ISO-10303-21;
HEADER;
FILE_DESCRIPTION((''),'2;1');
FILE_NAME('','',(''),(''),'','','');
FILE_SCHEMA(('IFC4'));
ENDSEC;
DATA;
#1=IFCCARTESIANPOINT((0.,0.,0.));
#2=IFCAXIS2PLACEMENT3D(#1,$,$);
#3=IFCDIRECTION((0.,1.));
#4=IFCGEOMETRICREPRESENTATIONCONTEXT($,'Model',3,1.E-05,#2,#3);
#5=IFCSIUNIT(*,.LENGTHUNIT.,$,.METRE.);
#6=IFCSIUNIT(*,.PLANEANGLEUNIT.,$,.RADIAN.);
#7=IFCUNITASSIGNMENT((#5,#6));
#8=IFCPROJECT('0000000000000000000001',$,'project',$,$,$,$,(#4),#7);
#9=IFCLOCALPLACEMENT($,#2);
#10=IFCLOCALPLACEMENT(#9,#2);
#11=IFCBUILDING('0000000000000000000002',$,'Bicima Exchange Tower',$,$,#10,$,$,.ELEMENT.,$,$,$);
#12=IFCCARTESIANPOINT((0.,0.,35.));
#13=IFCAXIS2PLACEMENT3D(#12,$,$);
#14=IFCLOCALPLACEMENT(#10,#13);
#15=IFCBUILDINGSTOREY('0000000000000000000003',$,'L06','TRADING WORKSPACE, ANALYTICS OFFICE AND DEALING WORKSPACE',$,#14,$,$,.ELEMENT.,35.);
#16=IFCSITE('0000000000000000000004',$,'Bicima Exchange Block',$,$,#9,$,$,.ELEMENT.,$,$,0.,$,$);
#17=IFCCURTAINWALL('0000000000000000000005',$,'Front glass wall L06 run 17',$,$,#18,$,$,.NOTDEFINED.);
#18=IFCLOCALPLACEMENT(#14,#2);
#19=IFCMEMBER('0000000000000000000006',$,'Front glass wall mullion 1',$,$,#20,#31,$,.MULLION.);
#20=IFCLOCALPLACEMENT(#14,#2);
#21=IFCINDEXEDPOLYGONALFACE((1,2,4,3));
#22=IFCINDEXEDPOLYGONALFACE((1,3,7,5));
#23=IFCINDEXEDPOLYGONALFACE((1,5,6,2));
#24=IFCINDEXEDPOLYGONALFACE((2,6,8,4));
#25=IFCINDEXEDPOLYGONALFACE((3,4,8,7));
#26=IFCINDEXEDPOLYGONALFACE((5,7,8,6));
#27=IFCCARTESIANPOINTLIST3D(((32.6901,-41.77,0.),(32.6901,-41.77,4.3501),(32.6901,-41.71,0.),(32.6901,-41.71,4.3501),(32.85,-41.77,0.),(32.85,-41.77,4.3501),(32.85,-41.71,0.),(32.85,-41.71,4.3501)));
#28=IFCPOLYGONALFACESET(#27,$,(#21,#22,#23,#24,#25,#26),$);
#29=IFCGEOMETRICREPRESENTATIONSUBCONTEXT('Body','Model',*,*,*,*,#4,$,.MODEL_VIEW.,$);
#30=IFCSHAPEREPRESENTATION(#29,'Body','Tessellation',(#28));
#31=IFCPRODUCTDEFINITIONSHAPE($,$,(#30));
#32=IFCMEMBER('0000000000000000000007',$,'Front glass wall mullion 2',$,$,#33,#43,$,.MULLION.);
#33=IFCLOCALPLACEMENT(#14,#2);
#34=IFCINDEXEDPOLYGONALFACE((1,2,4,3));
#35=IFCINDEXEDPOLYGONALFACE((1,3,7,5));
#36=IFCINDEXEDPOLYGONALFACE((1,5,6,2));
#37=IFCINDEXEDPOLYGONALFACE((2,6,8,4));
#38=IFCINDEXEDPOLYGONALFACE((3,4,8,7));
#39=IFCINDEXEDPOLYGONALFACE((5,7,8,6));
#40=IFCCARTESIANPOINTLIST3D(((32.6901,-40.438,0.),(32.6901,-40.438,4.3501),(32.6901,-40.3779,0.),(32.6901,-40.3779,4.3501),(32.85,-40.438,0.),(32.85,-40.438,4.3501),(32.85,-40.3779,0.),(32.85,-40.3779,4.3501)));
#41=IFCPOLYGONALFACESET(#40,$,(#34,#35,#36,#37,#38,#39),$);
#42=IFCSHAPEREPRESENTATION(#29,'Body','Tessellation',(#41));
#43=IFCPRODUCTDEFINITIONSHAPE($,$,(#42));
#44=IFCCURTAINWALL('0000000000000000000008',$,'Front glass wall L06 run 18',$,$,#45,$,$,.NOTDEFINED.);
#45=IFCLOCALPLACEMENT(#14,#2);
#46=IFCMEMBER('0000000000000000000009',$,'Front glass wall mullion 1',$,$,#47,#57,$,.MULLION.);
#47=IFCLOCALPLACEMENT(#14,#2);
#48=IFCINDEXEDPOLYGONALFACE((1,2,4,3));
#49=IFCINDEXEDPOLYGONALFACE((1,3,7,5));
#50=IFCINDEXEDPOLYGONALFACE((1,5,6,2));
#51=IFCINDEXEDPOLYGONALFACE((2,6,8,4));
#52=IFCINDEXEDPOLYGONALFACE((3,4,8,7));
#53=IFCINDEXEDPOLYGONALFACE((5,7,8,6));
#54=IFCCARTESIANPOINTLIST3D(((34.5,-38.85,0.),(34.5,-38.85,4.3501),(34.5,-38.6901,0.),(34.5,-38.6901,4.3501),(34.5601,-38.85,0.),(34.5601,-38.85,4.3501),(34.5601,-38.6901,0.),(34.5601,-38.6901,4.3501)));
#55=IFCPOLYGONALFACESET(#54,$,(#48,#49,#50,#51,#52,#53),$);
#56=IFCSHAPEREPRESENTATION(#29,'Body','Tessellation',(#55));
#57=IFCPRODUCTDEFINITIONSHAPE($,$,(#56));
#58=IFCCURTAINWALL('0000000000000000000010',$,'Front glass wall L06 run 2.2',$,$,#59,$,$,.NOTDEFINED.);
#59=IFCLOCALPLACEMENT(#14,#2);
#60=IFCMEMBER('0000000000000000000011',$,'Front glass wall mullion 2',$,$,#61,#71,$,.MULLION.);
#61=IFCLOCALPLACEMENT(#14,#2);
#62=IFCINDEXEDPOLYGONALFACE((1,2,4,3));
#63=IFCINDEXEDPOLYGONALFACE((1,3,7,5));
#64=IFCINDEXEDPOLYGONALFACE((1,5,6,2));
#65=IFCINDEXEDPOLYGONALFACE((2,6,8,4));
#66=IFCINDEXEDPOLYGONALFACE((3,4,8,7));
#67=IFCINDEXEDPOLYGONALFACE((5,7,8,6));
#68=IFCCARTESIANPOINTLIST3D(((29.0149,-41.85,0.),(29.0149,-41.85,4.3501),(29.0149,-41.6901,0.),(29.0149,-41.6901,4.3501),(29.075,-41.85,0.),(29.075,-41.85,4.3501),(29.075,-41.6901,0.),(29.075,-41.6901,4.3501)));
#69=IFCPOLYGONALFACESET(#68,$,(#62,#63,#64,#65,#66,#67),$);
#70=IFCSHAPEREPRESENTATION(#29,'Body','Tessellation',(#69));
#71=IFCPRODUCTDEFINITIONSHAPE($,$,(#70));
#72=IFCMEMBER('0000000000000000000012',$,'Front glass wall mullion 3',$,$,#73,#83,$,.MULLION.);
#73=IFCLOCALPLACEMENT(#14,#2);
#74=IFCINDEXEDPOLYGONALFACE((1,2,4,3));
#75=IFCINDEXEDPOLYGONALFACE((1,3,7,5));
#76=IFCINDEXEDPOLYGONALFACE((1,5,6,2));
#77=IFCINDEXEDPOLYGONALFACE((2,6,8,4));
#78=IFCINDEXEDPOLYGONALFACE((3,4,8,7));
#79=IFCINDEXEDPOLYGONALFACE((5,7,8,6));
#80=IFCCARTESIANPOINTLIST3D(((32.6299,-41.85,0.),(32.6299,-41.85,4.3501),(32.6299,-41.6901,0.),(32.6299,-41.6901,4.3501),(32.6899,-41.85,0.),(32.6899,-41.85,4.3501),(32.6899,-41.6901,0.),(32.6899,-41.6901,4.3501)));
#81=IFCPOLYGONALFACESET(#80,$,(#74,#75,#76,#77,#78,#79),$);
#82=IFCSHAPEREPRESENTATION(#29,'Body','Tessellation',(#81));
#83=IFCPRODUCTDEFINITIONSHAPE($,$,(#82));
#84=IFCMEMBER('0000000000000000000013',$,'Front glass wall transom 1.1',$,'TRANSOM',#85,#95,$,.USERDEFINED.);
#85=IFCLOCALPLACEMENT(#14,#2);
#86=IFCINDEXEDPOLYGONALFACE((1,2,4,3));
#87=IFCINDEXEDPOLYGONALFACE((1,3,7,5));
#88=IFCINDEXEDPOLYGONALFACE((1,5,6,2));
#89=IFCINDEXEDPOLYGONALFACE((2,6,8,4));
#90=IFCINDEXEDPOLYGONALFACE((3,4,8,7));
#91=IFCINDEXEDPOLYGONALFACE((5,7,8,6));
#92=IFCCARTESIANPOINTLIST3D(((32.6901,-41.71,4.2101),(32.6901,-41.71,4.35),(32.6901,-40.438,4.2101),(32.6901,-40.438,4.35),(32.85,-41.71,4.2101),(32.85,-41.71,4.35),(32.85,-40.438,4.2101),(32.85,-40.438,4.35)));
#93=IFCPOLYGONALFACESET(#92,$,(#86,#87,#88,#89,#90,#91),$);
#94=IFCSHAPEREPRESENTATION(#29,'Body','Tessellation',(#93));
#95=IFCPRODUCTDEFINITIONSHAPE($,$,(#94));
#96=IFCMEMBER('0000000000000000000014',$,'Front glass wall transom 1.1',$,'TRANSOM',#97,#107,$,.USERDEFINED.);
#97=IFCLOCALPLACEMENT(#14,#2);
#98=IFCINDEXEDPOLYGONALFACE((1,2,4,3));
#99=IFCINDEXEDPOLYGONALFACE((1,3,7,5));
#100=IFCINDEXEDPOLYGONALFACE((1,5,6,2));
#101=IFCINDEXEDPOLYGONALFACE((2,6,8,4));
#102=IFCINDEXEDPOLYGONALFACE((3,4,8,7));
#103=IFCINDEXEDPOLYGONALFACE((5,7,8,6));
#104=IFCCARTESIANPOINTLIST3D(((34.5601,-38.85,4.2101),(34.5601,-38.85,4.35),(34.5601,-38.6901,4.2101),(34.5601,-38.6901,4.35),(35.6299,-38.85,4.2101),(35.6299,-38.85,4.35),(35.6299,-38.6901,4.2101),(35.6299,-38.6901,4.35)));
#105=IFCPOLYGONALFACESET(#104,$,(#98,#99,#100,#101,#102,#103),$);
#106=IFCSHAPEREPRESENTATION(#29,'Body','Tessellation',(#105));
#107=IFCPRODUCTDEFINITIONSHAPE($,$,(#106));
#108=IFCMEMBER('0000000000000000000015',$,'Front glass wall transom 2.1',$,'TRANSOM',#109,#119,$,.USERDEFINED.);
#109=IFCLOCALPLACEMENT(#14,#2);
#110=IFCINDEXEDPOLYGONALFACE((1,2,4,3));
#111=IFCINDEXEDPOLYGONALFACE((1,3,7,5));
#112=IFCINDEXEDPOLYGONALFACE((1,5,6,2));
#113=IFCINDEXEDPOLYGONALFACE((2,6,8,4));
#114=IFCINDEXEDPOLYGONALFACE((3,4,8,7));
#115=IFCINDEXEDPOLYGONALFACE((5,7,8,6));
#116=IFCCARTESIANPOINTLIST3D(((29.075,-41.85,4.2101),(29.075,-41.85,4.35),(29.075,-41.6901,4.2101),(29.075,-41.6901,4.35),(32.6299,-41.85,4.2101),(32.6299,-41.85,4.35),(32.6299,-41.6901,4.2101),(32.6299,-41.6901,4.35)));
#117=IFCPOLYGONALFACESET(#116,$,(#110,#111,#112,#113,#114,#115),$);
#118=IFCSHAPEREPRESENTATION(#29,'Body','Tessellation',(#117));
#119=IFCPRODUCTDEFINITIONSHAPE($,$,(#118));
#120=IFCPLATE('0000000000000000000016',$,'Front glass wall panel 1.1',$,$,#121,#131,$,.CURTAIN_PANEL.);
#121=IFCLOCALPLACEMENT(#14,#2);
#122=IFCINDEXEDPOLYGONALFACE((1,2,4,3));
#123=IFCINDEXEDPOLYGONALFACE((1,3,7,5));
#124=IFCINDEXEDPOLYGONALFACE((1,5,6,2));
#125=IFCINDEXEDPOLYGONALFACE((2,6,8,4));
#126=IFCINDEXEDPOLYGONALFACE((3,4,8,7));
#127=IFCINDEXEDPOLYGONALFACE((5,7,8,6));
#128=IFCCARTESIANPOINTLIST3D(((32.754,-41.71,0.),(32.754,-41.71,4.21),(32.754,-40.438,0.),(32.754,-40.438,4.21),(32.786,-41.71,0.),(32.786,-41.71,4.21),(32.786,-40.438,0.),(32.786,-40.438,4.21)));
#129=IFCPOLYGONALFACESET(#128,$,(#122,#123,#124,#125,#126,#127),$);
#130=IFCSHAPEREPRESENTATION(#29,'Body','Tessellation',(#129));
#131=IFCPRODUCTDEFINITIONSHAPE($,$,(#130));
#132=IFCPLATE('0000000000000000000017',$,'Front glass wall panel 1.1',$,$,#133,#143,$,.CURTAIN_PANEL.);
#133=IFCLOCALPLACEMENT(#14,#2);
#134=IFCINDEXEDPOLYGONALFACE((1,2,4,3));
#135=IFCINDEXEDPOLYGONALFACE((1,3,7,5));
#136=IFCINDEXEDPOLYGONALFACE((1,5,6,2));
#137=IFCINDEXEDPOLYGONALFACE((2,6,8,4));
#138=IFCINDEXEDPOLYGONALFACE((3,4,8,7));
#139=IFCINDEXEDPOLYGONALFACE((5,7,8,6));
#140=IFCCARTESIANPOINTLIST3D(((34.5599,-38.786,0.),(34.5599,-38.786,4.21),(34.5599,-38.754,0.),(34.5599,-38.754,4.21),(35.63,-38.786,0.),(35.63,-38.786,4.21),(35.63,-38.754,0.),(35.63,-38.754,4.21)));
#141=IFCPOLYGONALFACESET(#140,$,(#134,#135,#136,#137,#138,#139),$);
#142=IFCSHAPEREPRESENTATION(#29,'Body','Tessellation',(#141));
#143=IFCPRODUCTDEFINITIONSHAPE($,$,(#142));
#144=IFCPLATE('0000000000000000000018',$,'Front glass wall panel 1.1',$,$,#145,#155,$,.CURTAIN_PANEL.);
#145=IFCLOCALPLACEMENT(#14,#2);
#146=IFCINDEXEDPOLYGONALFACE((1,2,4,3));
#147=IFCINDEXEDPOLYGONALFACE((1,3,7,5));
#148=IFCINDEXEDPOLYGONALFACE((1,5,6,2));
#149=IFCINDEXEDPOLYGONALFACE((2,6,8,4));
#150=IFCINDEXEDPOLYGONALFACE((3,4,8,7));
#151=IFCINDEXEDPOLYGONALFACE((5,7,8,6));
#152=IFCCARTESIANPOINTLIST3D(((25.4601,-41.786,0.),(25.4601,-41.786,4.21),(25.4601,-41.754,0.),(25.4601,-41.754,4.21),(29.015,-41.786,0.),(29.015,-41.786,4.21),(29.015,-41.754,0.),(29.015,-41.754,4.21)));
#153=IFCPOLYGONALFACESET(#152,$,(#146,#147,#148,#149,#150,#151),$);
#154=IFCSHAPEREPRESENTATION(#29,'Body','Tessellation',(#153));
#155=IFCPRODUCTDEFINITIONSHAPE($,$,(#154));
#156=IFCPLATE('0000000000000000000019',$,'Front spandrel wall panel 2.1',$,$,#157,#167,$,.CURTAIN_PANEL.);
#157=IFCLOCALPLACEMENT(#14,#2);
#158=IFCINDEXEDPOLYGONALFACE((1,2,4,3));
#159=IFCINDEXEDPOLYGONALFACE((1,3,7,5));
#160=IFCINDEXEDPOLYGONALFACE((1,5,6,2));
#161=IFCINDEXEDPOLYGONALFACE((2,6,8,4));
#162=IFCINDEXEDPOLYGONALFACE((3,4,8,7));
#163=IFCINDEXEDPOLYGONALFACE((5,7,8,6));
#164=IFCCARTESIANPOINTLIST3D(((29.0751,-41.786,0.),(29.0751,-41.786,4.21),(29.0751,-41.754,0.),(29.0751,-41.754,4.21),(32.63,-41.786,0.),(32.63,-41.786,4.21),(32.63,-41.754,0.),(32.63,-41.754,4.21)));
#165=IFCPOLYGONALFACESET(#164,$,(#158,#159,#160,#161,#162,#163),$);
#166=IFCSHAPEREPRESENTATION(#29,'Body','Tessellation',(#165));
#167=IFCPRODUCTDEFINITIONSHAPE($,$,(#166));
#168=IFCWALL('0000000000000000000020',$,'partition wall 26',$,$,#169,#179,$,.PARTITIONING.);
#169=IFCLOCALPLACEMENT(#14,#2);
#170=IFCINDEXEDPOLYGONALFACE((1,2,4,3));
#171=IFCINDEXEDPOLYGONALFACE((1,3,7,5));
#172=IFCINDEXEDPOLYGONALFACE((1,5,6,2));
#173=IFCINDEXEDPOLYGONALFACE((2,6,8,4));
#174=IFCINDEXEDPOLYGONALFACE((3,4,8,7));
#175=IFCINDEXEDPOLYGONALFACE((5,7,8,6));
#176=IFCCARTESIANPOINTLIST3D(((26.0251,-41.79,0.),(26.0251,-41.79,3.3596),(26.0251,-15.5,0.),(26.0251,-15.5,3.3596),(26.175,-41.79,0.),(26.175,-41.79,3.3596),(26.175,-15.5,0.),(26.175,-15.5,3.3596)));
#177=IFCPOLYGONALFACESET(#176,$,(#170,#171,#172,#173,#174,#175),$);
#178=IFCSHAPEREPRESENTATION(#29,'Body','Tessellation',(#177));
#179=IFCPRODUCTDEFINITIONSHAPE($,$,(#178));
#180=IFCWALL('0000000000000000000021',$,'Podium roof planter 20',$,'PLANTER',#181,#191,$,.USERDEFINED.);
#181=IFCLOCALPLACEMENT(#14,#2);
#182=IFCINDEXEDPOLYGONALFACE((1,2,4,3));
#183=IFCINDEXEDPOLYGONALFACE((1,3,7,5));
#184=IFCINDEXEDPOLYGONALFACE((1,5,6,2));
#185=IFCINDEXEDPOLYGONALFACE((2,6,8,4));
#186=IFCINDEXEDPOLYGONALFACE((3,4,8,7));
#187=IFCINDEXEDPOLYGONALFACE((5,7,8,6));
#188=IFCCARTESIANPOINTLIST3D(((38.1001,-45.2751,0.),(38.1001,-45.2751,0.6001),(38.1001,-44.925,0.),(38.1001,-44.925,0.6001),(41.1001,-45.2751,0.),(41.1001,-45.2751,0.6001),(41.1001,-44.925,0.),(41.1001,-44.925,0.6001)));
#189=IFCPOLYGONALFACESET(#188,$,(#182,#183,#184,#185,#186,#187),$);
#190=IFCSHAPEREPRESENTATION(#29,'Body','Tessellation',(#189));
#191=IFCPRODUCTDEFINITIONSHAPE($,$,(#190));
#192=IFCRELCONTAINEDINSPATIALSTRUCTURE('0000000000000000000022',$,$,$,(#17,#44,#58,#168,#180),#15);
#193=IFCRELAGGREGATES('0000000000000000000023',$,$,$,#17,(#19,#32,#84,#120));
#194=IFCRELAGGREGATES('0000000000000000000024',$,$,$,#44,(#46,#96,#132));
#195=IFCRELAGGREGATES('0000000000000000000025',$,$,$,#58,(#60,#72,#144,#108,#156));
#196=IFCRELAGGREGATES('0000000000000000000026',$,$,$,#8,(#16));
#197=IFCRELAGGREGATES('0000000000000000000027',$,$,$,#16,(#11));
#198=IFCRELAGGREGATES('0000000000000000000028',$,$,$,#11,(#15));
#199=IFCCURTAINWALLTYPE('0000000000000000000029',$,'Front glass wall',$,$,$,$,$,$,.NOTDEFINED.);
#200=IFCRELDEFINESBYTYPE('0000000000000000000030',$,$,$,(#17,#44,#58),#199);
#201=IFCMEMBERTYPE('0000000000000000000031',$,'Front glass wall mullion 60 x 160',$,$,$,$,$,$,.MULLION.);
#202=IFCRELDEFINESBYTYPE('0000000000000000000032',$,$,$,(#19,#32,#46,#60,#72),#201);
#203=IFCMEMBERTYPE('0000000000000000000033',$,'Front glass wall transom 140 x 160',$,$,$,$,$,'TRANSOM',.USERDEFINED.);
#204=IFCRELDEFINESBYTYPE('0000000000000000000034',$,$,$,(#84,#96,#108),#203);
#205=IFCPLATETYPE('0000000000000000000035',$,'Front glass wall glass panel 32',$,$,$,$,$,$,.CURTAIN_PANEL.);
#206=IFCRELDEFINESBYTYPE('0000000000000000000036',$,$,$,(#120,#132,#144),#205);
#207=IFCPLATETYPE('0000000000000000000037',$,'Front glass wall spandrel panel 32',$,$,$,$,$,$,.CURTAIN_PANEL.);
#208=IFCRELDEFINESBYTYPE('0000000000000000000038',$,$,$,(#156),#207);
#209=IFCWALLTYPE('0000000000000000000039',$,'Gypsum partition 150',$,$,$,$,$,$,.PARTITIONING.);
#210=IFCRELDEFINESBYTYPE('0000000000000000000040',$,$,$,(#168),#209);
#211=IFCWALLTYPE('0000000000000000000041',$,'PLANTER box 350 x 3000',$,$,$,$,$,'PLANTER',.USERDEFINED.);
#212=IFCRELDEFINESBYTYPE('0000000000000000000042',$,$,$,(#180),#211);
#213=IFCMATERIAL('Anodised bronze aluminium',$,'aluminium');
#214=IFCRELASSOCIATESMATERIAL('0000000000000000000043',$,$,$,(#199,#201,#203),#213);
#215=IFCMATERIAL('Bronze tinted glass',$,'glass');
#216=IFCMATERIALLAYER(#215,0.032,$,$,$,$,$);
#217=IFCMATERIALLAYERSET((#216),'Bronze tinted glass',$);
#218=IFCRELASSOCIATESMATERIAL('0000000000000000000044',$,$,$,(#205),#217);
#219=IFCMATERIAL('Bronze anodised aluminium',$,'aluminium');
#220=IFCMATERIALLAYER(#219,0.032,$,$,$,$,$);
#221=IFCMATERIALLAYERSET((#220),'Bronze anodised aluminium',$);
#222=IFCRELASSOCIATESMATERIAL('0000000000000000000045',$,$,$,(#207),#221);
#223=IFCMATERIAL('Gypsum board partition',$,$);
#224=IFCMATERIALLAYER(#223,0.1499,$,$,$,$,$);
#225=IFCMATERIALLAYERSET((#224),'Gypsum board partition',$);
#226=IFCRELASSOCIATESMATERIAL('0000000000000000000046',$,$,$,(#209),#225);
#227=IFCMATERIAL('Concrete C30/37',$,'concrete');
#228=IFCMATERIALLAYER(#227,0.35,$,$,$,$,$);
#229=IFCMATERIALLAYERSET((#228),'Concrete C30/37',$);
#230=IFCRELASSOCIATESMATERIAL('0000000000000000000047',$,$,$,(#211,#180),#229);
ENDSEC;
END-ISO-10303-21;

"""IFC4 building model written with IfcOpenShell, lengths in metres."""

from ifc_helpers import new_model, si_unit, direction, frame, frame_2d, origin, origin_2d, place, context, subcontext, project, spatial, rectangle, extrude, material, layer, layer_set, layer_usage, material_profile, profile_set, type_object, element, aggregate, save


model = new_model("IFC4")

# Units and contexts
model_context = context("Model", 3, precision=1e-05, world=origin(), true_north=direction((0.0, 1.0)))
body_context = subcontext(model_context, "Body", "Model", "MODEL_VIEW")
ifc_project = project(units=[si_unit("LENGTHUNIT", "METRE"), si_unit("PLANEANGLEUNIT", "RADIAN")], contexts=[model_context])

# Site, building, storey
site_placement = place(None, origin())
site = spatial("IfcSite", under=ifc_project, at=site_placement, Name="Bicima Exchange Block", CompositionType="ELEMENT", RefElevation=0.0)
building_placement = place(site_placement, origin())
building = spatial("IfcBuilding", under=site, at=building_placement, Name="Bicima Exchange Tower", CompositionType="ELEMENT")
storey_placement = place(building_placement, frame((0.0, 0.0, 35.0)))
storey = spatial("IfcBuildingStorey", under=building, at=storey_placement, Name="L06", Description="TRADING WORKSPACE, ANALYTICS OFFICE AND DEALING WORKSPACE", CompositionType="ELEMENT", Elevation=35.0)

# Curtain wall, members
ifc_material_1 = material(Name="Anodised bronze aluminium", Category="aluminium")
curtain_wall_type = type_object("IfcCurtainWallType", Name="Front glass wall", PredefinedType="NOTDEFINED", material=ifc_material_1)
curtain_wall_1_placement = place(storey_placement, origin())
curtain_wall_1 = element("IfcCurtainWall", 1, at=curtain_wall_1_placement, inside=storey, type_object=curtain_wall_type, Name="Front glass wall L06 run 17", PredefinedType="NOTDEFINED")
ifc_material_profile_1 = material_profile(ifc_material_1, rectangle(XDim=0.1599, YDim=0.0601, at=origin_2d()))
ifc_profile_set_1 = profile_set([ifc_material_profile_1], Name="Anodised bronze aluminium")
member_type_1 = type_object("IfcMemberType", Name="Front glass wall mullion 60 x 160", PredefinedType="MULLION", material=ifc_profile_set_1)
member_1_placement = place(storey_placement, frame((32.77, -41.74, 0.0), z_axis=(0.0, 0.0, 1.0), x_axis=(-1.0, 0.0, 0.0)))
member_1 = element("IfcMember", 2, at=member_1_placement, type_object=member_type_1, Name="Front glass wall mullion 1", PredefinedType="MULLION", context=body_context, shape_type="SweptSolid", body=[
    extrude(rectangle(XDim=0.1599, YDim=0.0601, at=origin_2d()), origin(), (0.0, 0.0, 1.0), 4.3501),
])
member_2_placement = place(storey_placement, frame((32.77, -40.408, 0.0), z_axis=(0.0, 0.0, 1.0), x_axis=(-1.0, 0.0, 0.0)))
member_2 = element("IfcMember", 3, at=member_2_placement, type_object=member_type_1, Name="Front glass wall mullion 2", PredefinedType="MULLION", context=body_context, shape_type="SweptSolid", body=[
    extrude(rectangle(XDim=0.1599, YDim=0.0601, at=origin_2d()), origin(), (0.0, 0.0, 1.0), 4.3501),
])

# Curtain wall, member
curtain_wall_2_placement = place(storey_placement, origin())
curtain_wall_2 = element("IfcCurtainWall", 4, at=curtain_wall_2_placement, inside=storey, type_object=curtain_wall_type, Name="Front glass wall L06 run 18", PredefinedType="NOTDEFINED")
member_3_placement = place(storey_placement, frame((34.53, -38.77, 0.0), z_axis=(0.0, 0.0, 1.0), x_axis=(0.0, 1.0, 0.0)))
member_3 = element("IfcMember", 5, at=member_3_placement, type_object=member_type_1, Name="Front glass wall mullion 1", PredefinedType="MULLION", context=body_context, shape_type="SweptSolid", body=[
    extrude(rectangle(XDim=0.1599, YDim=0.0601, at=origin_2d()), origin(), (0.0, 0.0, 1.0), 4.3501),
])

# Curtain wall, members
curtain_wall_3_placement = place(storey_placement, origin())
curtain_wall_3 = element("IfcCurtainWall", 6, at=curtain_wall_3_placement, inside=storey, type_object=curtain_wall_type, Name="Front glass wall L06 run 2.2", PredefinedType="NOTDEFINED")
member_4_placement = place(storey_placement, frame((29.0449, -41.77, 0.0), z_axis=(0.0, 0.0, 1.0), x_axis=(0.0, 1.0, 0.0)))
member_4 = element("IfcMember", 7, at=member_4_placement, type_object=member_type_1, Name="Front glass wall mullion 2", PredefinedType="MULLION", context=body_context, shape_type="SweptSolid", body=[
    extrude(rectangle(XDim=0.1599, YDim=0.0601, at=origin_2d()), origin(), (0.0, 0.0, 1.0), 4.3501),
])
member_5_placement = place(storey_placement, frame((32.6599, -41.77, 0.0), z_axis=(0.0, 0.0, 1.0), x_axis=(0.0, 1.0, 0.0)))
member_5 = element("IfcMember", 8, at=member_5_placement, type_object=member_type_1, Name="Front glass wall mullion 3", PredefinedType="MULLION", context=body_context, shape_type="SweptSolid", body=[
    extrude(rectangle(XDim=0.1599, YDim=0.0601, at=origin_2d()), origin(), (0.0, 0.0, 1.0), 4.3501),
])

# Members
ifc_material_profile_2 = material_profile(ifc_material_1, rectangle(XDim=0.1599, YDim=0.1399, at=origin_2d()))
ifc_profile_set_2 = profile_set([ifc_material_profile_2], Name="Anodised bronze aluminium")
member_type_2 = type_object("IfcMemberType", Name="Front glass wall transom 140 x 160", ElementType="TRANSOM", PredefinedType="USERDEFINED", material=ifc_profile_set_2)
member_6_placement = place(storey_placement, frame((32.77, -41.71, 4.28), z_axis=(0.0, 1.0, 0.0), x_axis=(-1.0, 0.0, 0.0)))
member_6 = element("IfcMember", 9, at=member_6_placement, type_object=member_type_2, Name="Front glass wall transom 1.1", ObjectType="TRANSOM", PredefinedType="USERDEFINED", context=body_context, shape_type="SweptSolid", body=[
    extrude(rectangle(XDim=0.1599, YDim=0.1399, at=origin_2d()), origin(), (0.0, 0.0, 1.0), 1.272),
])
member_7_placement = place(storey_placement, frame((34.5601, -38.77, 4.28), z_axis=(1.0, 0.0, 0.0), x_axis=(0.0, 1.0, 0.0)))
member_7 = element("IfcMember", 10, at=member_7_placement, type_object=member_type_2, Name="Front glass wall transom 1.1", ObjectType="TRANSOM", PredefinedType="USERDEFINED", context=body_context, shape_type="SweptSolid", body=[
    extrude(rectangle(XDim=0.1599, YDim=0.1399, at=origin_2d()), origin(), (0.0, 0.0, 1.0), 1.0698),
])
member_8_placement = place(storey_placement, frame((29.075, -41.77, 4.28), z_axis=(1.0, 0.0, 0.0), x_axis=(0.0, 1.0, 0.0)))
member_8 = element("IfcMember", 11, at=member_8_placement, type_object=member_type_2, Name="Front glass wall transom 2.1", ObjectType="TRANSOM", PredefinedType="USERDEFINED", context=body_context, shape_type="SweptSolid", body=[
    extrude(rectangle(XDim=0.1599, YDim=0.1399, at=origin_2d()), origin(), (0.0, 0.0, 1.0), 3.5549),
])

# Plates
ifc_material_2 = material(Name="Bronze tinted glass", Category="glass")
ifc_layer_1 = layer(ifc_material_2, 0.032)
ifc_layer_set_1 = layer_set([ifc_layer_1], Name="Bronze tinted glass")
plate_type_1 = type_object("IfcPlateType", Name="Front glass wall glass panel 32", PredefinedType="CURTAIN_PANEL", material=ifc_layer_set_1)
plate_1_placement = place(storey_placement, frame((32.77, -41.074, 0.0), z_axis=(0.0, 0.0, 1.0), x_axis=(0.0, 1.0, 0.0)))
plate_1 = element("IfcPlate", 12, at=plate_1_placement, type_object=plate_type_1, Name="Front glass wall panel 1.1", PredefinedType="CURTAIN_PANEL", context=body_context, shape_type="SweptSolid", body=[
    extrude(rectangle(XDim=1.272, YDim=0.032, at=origin_2d()), origin(), (0.0, 0.0, 1.0), 4.21),
])
aggregate(curtain_wall_1, [member_1, member_2, member_6, plate_1])
plate_2_placement = place(storey_placement, frame((35.095, -38.77, 0.0), z_axis=(0.0, 0.0, 1.0), x_axis=(1.0, 0.0, 0.0)))
plate_2 = element("IfcPlate", 13, at=plate_2_placement, type_object=plate_type_1, Name="Front glass wall panel 1.1", PredefinedType="CURTAIN_PANEL", context=body_context, shape_type="SweptSolid", body=[
    extrude(rectangle(XDim=1.0701, YDim=0.032, at=origin_2d()), origin(), (0.0, 0.0, 1.0), 4.21),
])
aggregate(curtain_wall_2, [member_3, member_7, plate_2])
plate_3_placement = place(storey_placement, frame((27.2375, -41.77, 0.0), z_axis=(0.0, 0.0, 1.0), x_axis=(1.0, 0.0, 0.0)))
plate_3 = element("IfcPlate", 14, at=plate_3_placement, type_object=plate_type_1, Name="Front glass wall panel 1.1", PredefinedType="CURTAIN_PANEL", context=body_context, shape_type="SweptSolid", body=[
    extrude(rectangle(XDim=3.5549, YDim=0.032, at=origin_2d()), origin(), (0.0, 0.0, 1.0), 4.21),
])
ifc_material_3 = material(Name="Bronze anodised aluminium", Category="aluminium")
ifc_layer_2 = layer(ifc_material_3, 0.032)
ifc_layer_set_2 = layer_set([ifc_layer_2], Name="Bronze anodised aluminium")
plate_type_2 = type_object("IfcPlateType", Name="Front glass wall spandrel panel 32", PredefinedType="CURTAIN_PANEL", material=ifc_layer_set_2)
plate_4_placement = place(storey_placement, frame((30.8525, -41.77, 0.0), z_axis=(0.0, 0.0, 1.0), x_axis=(1.0, 0.0, 0.0)))
plate_4 = element("IfcPlate", 15, at=plate_4_placement, type_object=plate_type_2, Name="Front spandrel wall panel 2.1", PredefinedType="CURTAIN_PANEL", context=body_context, shape_type="SweptSolid", body=[
    extrude(rectangle(XDim=3.5549, YDim=0.032, at=origin_2d()), origin(), (0.0, 0.0, 1.0), 4.21),
])
aggregate(curtain_wall_3, [member_4, member_5, plate_3, member_8, plate_4])

# Walls
ifc_material_4 = material(Name="Gypsum board partition")
ifc_layer_3 = layer(ifc_material_4, 0.1499)
ifc_layer_set_3 = layer_set([ifc_layer_3], Name="Gypsum board partition")
wall_type_1 = type_object("IfcWallType", Name="Gypsum partition 150", PredefinedType="PARTITIONING", material=ifc_layer_set_3)
wall_1_placement = place(storey_placement, frame((26.1001, -41.79, 0.0), z_axis=(0.0, 0.0, 1.0), x_axis=(0.0, 1.0, 0.0)))
element("IfcWall", 16, at=wall_1_placement, inside=storey, type_object=wall_type_1, Name="partition wall 26", PredefinedType="PARTITIONING", context=body_context, shape_type="SweptSolid", body=[
    extrude(rectangle(XDim=26.29, YDim=0.1499, at=frame_2d((13.145, 0.0))), origin(), (0.0, 0.0, 1.0), 3.3596),
])
ifc_material_5 = material(Name="Concrete C30/37", Category="concrete")
ifc_layer_4 = layer(ifc_material_5, 0.35)
ifc_layer_set_4 = layer_set([ifc_layer_4], Name="Concrete C30/37")
ifc_layer_usage_1 = layer_usage(ifc_layer_set_4, "AXIS2", "POSITIVE", -0.175)
wall_type_2 = type_object("IfcWallType", Name="PLANTER box 350 x 3000", ElementType="PLANTER", PredefinedType="USERDEFINED", material=ifc_layer_set_4)
for number, where, z_axis, x_axis, name in (
    (17, (41.1001, -45.1001, 0.0), (0.0, 0.0, 1.0), (-1.0, 0.0, 0.0), "Podium roof planter 20"),
):
    element("IfcWall", number, at=place(storey_placement, frame(where, z_axis=z_axis, x_axis=x_axis)), inside=storey, type_object=wall_type_2, material=ifc_layer_usage_1, Name=name, ObjectType="PLANTER", PredefinedType="USERDEFINED", context=body_context, shape_type="SweptSolid", body=[
        extrude(rectangle(XDim=3.0, YDim=0.3501, at=frame_2d((1.5, 0.0))), origin(), (0.0, 0.0, 1.0), 0.6001),
    ])

save(model, "model.ifc")
